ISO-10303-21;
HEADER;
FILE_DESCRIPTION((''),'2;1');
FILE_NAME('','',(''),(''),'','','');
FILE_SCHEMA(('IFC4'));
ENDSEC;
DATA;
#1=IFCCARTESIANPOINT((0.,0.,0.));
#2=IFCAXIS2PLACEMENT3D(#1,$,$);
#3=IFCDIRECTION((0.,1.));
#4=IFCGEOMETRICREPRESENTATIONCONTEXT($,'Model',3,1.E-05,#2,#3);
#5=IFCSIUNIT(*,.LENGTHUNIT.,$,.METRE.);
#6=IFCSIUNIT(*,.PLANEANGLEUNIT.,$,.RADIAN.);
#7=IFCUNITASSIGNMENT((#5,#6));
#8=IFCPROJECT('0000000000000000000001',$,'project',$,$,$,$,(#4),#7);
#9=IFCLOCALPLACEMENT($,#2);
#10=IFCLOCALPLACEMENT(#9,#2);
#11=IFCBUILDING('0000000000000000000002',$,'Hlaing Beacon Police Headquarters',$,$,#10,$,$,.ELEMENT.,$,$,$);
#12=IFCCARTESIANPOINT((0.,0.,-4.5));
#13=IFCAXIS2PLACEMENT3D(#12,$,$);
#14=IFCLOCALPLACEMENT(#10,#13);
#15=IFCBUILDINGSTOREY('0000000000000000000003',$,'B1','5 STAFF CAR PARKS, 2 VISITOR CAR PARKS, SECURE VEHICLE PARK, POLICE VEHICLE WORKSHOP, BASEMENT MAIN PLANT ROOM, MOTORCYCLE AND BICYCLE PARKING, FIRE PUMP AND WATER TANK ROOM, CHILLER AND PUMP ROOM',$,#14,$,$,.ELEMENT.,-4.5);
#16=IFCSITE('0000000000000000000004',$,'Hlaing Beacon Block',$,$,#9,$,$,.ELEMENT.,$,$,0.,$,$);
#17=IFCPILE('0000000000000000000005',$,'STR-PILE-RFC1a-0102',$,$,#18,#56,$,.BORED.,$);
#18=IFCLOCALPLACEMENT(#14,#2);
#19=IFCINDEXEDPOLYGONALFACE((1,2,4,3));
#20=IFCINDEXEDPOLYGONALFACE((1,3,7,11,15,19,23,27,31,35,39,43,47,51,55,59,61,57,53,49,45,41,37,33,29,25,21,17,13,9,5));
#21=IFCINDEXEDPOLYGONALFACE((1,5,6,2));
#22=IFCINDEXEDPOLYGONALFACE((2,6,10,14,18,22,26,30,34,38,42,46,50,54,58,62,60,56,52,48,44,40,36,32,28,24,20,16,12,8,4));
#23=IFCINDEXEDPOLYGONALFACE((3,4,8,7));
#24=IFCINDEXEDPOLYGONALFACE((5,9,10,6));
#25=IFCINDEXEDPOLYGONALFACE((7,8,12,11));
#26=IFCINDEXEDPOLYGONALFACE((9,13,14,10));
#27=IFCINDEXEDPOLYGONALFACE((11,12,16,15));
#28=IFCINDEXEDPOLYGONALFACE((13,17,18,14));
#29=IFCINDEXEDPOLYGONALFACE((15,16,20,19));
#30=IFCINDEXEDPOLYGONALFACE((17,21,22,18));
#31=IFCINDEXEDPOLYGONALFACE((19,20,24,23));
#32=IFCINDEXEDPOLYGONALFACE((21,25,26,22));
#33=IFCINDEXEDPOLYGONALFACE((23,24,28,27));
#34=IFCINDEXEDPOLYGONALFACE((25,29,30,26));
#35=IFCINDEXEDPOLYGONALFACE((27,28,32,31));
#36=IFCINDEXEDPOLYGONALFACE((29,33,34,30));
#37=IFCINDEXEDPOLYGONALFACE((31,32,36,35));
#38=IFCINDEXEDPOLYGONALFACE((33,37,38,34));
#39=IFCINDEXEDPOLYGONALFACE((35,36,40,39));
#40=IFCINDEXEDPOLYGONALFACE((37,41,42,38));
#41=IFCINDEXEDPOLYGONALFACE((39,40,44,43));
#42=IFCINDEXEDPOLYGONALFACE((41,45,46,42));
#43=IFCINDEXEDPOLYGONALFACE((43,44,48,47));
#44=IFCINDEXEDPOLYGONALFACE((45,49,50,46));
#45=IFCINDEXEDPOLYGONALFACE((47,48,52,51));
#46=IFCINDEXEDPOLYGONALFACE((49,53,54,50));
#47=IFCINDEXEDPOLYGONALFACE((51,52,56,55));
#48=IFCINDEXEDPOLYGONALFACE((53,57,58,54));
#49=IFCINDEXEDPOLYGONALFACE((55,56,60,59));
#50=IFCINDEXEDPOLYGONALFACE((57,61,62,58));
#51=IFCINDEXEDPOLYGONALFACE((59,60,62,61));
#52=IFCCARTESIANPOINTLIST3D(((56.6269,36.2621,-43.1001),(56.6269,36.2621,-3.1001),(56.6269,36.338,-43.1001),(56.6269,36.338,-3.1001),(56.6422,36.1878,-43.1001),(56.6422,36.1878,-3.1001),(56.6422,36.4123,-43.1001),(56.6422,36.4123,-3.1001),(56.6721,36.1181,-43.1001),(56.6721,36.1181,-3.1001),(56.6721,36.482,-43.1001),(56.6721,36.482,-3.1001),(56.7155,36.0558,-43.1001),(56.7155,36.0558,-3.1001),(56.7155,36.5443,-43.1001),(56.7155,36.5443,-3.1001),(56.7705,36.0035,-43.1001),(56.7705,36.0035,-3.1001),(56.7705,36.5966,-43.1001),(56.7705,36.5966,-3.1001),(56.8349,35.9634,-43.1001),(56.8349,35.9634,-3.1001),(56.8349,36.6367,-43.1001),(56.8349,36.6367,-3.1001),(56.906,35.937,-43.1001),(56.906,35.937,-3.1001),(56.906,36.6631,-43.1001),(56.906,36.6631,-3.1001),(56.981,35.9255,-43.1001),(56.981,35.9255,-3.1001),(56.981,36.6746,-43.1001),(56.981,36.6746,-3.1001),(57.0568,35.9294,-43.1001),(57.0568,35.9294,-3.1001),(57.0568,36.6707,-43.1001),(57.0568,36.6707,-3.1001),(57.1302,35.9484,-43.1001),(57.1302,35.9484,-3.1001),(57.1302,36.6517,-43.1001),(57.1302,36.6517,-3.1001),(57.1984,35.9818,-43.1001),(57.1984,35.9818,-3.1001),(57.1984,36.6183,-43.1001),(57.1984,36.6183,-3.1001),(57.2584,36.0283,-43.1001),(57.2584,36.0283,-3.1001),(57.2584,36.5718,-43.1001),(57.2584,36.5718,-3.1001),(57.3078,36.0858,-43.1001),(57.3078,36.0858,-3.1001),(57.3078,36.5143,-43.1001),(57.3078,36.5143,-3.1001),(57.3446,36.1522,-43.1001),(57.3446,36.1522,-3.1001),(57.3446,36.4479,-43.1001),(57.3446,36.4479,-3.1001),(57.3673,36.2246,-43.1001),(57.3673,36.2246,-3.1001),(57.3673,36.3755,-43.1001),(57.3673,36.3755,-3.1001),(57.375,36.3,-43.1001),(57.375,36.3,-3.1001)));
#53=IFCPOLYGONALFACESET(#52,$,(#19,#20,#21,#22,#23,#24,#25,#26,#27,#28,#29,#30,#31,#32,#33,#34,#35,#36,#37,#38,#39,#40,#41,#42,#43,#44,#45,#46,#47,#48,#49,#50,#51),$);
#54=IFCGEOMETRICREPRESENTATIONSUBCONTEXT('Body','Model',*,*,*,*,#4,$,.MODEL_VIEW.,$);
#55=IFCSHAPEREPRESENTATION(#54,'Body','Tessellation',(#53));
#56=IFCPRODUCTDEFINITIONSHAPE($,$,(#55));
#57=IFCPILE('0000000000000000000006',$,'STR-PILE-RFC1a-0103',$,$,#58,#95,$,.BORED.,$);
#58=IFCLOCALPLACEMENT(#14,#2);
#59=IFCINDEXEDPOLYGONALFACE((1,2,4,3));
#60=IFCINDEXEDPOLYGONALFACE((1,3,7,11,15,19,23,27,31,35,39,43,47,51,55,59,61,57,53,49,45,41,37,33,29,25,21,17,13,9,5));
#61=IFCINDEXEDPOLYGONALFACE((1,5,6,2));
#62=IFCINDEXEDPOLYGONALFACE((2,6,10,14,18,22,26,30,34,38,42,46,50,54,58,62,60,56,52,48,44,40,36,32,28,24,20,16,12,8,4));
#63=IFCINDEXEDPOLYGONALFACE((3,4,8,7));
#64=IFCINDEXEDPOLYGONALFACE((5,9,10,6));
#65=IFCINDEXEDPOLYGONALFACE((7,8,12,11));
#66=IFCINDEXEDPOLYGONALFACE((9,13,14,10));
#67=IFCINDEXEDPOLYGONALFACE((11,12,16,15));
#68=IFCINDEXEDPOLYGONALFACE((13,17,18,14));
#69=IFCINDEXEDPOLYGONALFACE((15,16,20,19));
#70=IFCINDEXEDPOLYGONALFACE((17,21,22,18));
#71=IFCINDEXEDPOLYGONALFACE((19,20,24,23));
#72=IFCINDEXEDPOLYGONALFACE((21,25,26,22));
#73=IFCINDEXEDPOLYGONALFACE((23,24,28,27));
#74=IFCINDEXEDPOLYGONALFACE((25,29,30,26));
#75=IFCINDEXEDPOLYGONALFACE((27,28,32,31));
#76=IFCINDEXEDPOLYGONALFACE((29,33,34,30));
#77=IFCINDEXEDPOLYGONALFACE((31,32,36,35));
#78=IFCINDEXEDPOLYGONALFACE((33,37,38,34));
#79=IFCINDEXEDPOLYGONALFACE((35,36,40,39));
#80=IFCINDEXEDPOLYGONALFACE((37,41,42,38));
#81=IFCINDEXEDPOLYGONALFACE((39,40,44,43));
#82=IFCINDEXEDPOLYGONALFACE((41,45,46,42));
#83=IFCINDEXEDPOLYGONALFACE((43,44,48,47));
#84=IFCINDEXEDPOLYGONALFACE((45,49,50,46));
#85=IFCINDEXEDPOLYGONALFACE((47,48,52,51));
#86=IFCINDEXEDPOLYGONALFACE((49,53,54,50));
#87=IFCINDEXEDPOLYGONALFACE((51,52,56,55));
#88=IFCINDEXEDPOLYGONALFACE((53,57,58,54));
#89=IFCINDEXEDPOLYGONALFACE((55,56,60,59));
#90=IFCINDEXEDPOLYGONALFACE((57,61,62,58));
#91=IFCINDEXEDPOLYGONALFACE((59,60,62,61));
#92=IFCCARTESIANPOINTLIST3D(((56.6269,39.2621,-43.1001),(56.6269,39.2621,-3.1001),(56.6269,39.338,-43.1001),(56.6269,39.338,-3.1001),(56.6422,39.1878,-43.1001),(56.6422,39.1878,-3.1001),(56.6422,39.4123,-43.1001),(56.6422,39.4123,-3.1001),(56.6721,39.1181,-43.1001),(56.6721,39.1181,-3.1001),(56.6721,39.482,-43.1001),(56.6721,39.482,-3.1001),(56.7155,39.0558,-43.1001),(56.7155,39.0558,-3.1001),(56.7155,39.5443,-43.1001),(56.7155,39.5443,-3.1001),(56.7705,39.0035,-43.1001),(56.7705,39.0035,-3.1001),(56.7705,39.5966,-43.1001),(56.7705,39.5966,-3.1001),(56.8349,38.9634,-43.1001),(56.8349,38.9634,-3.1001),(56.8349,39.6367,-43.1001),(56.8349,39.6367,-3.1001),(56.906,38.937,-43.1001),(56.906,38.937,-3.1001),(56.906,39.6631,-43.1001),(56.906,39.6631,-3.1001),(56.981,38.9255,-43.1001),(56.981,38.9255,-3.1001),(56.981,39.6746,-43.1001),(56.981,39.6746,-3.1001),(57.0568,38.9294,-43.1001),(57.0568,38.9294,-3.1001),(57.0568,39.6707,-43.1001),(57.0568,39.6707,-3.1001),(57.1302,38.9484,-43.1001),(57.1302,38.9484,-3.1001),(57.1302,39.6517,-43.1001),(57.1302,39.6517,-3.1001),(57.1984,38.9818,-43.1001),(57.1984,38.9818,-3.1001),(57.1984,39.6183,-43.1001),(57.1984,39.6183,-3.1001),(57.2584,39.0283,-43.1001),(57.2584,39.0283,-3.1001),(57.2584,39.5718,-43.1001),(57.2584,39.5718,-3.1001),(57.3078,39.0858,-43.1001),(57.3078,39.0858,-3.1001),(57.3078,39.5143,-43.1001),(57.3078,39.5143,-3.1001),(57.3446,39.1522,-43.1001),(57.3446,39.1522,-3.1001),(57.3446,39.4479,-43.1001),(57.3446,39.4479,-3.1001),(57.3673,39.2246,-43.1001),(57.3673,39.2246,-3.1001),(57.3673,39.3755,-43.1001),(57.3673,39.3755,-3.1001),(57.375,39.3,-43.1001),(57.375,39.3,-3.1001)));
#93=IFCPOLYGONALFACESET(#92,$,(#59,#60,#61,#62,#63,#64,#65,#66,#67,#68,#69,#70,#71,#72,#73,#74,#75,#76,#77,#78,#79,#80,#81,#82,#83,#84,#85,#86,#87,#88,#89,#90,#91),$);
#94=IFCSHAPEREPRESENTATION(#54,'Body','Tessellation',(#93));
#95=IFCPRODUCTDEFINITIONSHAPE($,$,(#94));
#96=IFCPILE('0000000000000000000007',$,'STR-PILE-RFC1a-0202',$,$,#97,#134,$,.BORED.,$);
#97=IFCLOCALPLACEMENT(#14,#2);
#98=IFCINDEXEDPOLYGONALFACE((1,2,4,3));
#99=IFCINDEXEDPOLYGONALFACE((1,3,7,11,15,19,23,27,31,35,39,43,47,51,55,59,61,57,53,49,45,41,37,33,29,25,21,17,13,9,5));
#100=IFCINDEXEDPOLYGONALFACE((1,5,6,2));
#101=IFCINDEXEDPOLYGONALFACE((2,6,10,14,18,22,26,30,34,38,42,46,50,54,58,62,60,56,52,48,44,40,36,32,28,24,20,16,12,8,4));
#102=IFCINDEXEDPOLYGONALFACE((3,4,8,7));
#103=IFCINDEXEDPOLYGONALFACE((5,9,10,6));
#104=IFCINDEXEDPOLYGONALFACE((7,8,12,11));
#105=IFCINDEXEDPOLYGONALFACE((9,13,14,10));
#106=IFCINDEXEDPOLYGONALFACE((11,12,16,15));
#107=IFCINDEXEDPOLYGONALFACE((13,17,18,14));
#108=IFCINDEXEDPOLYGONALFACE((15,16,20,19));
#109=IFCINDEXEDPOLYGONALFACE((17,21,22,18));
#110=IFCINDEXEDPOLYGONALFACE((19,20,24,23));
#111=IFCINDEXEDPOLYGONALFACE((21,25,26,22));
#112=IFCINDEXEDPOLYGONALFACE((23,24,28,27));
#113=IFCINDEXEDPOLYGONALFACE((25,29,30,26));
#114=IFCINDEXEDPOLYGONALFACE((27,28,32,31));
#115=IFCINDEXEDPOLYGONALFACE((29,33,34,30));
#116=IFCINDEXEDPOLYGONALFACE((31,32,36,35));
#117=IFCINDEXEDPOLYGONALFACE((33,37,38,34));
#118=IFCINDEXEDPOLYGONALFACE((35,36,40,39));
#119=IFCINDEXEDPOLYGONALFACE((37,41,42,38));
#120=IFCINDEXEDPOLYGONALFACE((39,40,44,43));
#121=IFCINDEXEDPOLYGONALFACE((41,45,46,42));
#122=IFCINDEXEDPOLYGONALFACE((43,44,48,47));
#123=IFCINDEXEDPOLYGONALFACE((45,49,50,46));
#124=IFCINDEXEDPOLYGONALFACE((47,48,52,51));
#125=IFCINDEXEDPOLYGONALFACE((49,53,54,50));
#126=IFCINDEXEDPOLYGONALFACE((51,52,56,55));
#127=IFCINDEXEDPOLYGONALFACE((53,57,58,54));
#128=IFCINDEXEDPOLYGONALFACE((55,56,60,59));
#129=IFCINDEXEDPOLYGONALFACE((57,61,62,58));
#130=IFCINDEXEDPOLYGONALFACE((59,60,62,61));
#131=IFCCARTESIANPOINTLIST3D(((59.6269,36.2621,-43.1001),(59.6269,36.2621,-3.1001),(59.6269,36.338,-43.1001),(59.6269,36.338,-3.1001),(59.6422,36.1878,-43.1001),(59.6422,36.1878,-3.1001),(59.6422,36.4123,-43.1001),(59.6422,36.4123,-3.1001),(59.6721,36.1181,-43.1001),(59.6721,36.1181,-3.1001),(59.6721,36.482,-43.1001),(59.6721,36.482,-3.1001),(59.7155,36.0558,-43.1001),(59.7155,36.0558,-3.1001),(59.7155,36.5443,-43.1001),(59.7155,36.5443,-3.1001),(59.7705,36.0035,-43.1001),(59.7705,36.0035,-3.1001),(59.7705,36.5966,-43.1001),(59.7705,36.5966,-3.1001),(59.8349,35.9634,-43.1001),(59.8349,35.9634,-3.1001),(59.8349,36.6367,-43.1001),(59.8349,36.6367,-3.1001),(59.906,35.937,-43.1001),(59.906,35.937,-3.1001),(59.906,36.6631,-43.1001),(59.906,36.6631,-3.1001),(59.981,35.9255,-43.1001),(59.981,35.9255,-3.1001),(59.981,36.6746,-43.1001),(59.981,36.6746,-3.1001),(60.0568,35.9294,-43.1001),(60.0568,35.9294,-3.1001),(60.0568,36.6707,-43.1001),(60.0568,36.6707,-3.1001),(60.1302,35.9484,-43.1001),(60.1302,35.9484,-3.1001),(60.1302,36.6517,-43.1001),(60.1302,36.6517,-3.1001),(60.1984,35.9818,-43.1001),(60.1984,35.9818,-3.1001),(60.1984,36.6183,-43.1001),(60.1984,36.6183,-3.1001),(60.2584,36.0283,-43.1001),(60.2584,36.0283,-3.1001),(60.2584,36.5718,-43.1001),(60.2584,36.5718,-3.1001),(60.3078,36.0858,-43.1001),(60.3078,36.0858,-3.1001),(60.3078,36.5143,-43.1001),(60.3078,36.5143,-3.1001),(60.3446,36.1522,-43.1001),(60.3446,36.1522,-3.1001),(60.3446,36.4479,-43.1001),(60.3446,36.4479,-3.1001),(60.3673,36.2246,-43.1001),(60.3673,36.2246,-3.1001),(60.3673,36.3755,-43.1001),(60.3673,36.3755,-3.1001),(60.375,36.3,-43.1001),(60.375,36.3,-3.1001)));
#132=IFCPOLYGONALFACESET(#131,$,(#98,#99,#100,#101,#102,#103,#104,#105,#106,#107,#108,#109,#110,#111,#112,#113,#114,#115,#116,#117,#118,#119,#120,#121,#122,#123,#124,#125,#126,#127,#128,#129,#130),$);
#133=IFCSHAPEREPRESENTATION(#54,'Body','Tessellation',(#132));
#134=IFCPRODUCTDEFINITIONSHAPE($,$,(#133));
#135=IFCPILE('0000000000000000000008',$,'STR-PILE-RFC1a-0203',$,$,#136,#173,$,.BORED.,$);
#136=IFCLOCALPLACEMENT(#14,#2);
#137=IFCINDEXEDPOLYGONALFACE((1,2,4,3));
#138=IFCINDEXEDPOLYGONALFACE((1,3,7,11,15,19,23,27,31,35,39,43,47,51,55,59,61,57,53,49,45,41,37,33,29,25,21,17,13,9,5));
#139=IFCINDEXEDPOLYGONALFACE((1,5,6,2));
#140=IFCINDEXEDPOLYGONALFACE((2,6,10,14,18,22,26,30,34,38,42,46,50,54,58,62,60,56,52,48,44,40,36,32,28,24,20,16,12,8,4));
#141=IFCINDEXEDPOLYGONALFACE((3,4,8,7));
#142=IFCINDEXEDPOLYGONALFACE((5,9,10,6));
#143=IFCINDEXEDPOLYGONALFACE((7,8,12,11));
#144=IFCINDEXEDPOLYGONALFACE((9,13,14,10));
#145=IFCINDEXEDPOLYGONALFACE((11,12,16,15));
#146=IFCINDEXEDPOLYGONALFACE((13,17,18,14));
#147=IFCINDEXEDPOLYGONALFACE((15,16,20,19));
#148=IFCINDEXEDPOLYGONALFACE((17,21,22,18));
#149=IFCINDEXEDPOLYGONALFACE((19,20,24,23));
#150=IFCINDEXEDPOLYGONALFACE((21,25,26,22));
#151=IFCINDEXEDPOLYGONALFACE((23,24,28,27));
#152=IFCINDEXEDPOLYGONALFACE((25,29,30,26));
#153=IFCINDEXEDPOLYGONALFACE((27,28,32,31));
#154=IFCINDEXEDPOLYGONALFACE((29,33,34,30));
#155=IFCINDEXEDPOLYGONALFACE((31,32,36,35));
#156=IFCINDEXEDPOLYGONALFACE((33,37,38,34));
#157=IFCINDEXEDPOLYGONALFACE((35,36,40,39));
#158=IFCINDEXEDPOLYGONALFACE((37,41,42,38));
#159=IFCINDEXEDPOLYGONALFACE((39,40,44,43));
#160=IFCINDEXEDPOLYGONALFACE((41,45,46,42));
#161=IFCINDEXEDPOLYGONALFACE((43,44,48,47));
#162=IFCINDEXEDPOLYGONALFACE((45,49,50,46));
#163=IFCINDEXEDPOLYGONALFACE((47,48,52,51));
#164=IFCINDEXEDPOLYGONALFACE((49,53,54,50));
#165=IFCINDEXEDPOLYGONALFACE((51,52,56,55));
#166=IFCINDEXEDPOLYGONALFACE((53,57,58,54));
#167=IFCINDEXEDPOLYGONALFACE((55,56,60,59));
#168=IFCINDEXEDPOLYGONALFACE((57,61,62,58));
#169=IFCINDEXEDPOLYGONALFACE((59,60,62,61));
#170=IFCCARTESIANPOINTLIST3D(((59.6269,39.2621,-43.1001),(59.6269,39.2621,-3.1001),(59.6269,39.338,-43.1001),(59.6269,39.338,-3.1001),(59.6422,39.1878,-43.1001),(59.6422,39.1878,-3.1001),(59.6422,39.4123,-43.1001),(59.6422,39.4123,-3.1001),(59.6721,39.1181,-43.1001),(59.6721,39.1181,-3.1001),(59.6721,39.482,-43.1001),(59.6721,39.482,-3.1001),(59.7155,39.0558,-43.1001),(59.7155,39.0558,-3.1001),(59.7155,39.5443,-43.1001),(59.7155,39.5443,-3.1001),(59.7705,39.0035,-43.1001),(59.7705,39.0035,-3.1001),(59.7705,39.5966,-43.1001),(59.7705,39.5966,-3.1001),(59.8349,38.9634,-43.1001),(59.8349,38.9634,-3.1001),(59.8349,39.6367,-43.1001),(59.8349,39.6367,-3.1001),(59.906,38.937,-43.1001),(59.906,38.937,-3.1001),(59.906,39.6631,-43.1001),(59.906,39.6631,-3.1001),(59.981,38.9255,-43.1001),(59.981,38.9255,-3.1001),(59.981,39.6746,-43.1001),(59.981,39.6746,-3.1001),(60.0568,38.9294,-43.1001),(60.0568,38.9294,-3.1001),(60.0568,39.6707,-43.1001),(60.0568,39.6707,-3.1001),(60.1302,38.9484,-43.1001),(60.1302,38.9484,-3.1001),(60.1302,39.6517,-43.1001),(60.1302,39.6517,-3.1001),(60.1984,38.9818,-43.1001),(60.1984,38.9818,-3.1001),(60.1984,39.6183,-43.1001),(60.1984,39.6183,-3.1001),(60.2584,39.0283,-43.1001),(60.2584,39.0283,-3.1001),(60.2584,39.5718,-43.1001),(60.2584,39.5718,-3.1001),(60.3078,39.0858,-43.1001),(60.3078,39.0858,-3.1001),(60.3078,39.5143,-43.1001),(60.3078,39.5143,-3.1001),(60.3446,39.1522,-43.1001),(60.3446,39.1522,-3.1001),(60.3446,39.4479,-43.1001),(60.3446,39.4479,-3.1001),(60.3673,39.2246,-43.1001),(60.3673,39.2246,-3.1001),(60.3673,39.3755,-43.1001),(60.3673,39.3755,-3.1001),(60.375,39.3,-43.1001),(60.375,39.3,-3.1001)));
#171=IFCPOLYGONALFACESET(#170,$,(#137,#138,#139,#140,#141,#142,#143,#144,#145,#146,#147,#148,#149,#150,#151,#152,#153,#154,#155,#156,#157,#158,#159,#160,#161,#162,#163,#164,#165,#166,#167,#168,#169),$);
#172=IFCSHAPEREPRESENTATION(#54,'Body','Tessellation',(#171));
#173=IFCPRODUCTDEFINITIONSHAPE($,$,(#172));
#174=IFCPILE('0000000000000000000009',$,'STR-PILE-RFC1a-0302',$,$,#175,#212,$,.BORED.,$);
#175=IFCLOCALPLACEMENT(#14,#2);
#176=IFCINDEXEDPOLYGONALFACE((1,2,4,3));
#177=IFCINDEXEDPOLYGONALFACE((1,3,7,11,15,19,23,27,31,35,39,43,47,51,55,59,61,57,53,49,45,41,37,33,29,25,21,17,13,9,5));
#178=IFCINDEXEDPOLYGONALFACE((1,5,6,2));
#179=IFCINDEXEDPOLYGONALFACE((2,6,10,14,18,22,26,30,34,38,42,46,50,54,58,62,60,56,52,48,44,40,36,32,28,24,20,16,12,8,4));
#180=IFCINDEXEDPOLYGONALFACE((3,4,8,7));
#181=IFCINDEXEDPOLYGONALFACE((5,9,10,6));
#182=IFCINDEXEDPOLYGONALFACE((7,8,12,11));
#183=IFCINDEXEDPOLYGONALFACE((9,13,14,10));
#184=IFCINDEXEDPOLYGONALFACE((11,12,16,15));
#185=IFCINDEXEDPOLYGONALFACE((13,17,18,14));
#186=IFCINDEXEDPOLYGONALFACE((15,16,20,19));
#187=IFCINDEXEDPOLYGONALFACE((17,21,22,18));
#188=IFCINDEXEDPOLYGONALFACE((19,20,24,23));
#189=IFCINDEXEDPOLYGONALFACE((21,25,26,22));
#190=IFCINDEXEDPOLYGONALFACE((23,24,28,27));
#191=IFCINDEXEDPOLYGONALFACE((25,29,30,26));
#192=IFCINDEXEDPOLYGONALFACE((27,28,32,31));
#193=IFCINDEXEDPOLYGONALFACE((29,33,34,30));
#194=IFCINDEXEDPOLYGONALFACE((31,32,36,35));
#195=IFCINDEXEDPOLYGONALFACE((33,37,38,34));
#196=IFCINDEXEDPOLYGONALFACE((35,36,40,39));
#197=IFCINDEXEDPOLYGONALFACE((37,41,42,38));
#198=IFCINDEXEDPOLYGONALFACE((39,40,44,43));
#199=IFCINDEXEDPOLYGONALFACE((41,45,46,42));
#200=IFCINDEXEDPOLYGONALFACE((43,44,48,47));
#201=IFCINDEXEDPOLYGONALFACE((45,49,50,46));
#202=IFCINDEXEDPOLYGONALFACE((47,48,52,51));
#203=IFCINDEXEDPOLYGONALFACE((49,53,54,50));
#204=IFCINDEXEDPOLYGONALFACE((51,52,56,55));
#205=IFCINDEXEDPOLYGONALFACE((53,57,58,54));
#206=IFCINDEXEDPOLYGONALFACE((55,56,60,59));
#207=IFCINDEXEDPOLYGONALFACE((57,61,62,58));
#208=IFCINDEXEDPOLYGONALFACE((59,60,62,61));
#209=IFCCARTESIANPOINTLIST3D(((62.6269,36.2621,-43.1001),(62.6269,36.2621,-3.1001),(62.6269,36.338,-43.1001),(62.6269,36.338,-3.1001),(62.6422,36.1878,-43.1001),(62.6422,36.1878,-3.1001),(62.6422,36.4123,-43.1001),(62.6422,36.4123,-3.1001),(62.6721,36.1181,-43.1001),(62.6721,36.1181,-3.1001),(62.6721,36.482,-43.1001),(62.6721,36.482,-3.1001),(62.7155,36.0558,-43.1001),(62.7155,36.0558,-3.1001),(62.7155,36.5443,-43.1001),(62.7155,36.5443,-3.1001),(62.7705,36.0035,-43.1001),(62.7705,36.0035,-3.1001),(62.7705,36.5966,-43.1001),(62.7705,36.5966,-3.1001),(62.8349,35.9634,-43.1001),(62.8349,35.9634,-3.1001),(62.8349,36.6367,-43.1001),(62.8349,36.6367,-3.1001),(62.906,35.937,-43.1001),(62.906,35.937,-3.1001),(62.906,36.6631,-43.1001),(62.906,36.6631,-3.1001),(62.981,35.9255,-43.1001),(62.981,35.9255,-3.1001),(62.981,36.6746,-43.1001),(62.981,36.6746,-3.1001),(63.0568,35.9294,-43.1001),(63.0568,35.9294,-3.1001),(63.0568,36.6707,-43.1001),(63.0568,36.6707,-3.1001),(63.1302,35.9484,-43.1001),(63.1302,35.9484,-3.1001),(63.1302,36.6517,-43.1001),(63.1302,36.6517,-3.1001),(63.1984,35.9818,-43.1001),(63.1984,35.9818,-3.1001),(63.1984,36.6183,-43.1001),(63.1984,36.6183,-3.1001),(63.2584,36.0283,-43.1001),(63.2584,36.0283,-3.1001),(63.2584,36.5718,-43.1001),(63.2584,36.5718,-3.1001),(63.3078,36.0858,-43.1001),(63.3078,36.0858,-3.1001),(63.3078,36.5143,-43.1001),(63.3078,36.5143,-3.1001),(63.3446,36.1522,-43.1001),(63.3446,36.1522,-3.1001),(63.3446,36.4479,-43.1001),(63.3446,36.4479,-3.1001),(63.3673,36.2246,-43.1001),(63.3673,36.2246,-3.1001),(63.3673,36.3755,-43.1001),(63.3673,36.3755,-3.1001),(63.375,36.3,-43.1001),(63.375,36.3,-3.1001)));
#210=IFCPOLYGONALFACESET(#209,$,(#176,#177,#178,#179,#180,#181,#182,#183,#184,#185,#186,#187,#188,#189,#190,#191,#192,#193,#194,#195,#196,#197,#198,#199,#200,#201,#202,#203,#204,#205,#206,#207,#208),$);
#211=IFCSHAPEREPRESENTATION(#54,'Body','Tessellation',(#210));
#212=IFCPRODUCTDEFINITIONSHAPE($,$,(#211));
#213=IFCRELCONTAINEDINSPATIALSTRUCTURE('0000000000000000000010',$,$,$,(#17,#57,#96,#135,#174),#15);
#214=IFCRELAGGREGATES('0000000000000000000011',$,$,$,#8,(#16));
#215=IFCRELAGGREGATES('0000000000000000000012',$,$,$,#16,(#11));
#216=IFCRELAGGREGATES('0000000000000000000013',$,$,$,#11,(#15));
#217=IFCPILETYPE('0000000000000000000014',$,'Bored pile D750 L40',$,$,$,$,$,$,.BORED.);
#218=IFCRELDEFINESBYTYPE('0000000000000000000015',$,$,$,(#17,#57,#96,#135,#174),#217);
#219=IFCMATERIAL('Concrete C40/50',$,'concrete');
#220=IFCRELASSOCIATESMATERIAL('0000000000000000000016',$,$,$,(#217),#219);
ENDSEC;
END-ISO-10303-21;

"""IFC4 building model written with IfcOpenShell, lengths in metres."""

from ifc_helpers import new_model, si_unit, direction, frame, origin, origin_2d, place, context, subcontext, project, spatial, circle, extrude, material, material_profile, profile_set, type_object, element, save


model = new_model("IFC4")

# Units and contexts
model_context = context("Model", 3, precision=1e-05, world=origin(), true_north=direction((0.0, 1.0)))
body_context = subcontext(model_context, "Body", "Model", "MODEL_VIEW")
ifc_project = project(units=[si_unit("LENGTHUNIT", "METRE"), si_unit("PLANEANGLEUNIT", "RADIAN")], contexts=[model_context])

# Site, building, storey
site_placement = place(None, origin())
site = spatial("IfcSite", under=ifc_project, at=site_placement, Name="Hlaing Beacon Block", CompositionType="ELEMENT", RefElevation=0.0)
building_placement = place(site_placement, origin())
building = spatial("IfcBuilding", under=site, at=building_placement, Name="Hlaing Beacon Police Headquarters", CompositionType="ELEMENT")
storey_placement = place(building_placement, frame((0.0, 0.0, -4.5)))
storey = spatial("IfcBuildingStorey", under=building, at=storey_placement, Name="B1", Description="5 STAFF CAR PARKS, 2 VISITOR CAR PARKS, SECURE VEHICLE PARK, POLICE VEHICLE WORKSHOP, BASEMENT MAIN PLANT ROOM, MOTORCYCLE AND BICYCLE PARKING, FIRE PUMP AND WATER TANK ROOM, CHILLER AND PUMP ROOM", CompositionType="ELEMENT", Elevation=-4.5)

# Piles
ifc_material_1 = material(Name="Concrete C40/50", Category="concrete")
ifc_material_profile = material_profile(ifc_material_1, circle(Radius=0.375, at=origin_2d()), Name="D750")
ifc_profile_set = profile_set([ifc_material_profile], Name="Concrete C40/50")
pile_type = type_object("IfcPileType", Name="Bored pile D750 L40", PredefinedType="BORED", material=ifc_profile_set)
for number, where, z_axis, x_axis, name in (
    (1, (57.0, 36.3, -3.1001), (0.0, 0.0, -1.0), (1.0, 0.0, 0.0), "STR-PILE-RFC1a-0102"),
    (2, (57.0, 39.3, -3.1001), (0.0, 0.0, -1.0), (1.0, 0.0, 0.0), "STR-PILE-RFC1a-0103"),
    (3, (60.0, 36.3, -3.1001), (0.0, 0.0, -1.0), (1.0, 0.0, 0.0), "STR-PILE-RFC1a-0202"),
    (4, (60.0, 39.3, -3.1001), (0.0, 0.0, -1.0), (1.0, 0.0, 0.0), "STR-PILE-RFC1a-0203"),
    (5, (63.0, 36.3, -3.1001), (0.0, 0.0, -1.0), (1.0, 0.0, 0.0), "STR-PILE-RFC1a-0302"),
):
    element("IfcPile", number, at=place(storey_placement, frame(where, z_axis=z_axis, x_axis=x_axis)), inside=storey, type_object=pile_type, Name=name, PredefinedType="BORED", context=body_context, shape_type="SweptSolid", body=[
        extrude(circle(Radius=0.375, at=origin_2d()), origin(), (0.0, 0.0, 1.0), 40.0),
    ])

save(model, "model.ifc")
